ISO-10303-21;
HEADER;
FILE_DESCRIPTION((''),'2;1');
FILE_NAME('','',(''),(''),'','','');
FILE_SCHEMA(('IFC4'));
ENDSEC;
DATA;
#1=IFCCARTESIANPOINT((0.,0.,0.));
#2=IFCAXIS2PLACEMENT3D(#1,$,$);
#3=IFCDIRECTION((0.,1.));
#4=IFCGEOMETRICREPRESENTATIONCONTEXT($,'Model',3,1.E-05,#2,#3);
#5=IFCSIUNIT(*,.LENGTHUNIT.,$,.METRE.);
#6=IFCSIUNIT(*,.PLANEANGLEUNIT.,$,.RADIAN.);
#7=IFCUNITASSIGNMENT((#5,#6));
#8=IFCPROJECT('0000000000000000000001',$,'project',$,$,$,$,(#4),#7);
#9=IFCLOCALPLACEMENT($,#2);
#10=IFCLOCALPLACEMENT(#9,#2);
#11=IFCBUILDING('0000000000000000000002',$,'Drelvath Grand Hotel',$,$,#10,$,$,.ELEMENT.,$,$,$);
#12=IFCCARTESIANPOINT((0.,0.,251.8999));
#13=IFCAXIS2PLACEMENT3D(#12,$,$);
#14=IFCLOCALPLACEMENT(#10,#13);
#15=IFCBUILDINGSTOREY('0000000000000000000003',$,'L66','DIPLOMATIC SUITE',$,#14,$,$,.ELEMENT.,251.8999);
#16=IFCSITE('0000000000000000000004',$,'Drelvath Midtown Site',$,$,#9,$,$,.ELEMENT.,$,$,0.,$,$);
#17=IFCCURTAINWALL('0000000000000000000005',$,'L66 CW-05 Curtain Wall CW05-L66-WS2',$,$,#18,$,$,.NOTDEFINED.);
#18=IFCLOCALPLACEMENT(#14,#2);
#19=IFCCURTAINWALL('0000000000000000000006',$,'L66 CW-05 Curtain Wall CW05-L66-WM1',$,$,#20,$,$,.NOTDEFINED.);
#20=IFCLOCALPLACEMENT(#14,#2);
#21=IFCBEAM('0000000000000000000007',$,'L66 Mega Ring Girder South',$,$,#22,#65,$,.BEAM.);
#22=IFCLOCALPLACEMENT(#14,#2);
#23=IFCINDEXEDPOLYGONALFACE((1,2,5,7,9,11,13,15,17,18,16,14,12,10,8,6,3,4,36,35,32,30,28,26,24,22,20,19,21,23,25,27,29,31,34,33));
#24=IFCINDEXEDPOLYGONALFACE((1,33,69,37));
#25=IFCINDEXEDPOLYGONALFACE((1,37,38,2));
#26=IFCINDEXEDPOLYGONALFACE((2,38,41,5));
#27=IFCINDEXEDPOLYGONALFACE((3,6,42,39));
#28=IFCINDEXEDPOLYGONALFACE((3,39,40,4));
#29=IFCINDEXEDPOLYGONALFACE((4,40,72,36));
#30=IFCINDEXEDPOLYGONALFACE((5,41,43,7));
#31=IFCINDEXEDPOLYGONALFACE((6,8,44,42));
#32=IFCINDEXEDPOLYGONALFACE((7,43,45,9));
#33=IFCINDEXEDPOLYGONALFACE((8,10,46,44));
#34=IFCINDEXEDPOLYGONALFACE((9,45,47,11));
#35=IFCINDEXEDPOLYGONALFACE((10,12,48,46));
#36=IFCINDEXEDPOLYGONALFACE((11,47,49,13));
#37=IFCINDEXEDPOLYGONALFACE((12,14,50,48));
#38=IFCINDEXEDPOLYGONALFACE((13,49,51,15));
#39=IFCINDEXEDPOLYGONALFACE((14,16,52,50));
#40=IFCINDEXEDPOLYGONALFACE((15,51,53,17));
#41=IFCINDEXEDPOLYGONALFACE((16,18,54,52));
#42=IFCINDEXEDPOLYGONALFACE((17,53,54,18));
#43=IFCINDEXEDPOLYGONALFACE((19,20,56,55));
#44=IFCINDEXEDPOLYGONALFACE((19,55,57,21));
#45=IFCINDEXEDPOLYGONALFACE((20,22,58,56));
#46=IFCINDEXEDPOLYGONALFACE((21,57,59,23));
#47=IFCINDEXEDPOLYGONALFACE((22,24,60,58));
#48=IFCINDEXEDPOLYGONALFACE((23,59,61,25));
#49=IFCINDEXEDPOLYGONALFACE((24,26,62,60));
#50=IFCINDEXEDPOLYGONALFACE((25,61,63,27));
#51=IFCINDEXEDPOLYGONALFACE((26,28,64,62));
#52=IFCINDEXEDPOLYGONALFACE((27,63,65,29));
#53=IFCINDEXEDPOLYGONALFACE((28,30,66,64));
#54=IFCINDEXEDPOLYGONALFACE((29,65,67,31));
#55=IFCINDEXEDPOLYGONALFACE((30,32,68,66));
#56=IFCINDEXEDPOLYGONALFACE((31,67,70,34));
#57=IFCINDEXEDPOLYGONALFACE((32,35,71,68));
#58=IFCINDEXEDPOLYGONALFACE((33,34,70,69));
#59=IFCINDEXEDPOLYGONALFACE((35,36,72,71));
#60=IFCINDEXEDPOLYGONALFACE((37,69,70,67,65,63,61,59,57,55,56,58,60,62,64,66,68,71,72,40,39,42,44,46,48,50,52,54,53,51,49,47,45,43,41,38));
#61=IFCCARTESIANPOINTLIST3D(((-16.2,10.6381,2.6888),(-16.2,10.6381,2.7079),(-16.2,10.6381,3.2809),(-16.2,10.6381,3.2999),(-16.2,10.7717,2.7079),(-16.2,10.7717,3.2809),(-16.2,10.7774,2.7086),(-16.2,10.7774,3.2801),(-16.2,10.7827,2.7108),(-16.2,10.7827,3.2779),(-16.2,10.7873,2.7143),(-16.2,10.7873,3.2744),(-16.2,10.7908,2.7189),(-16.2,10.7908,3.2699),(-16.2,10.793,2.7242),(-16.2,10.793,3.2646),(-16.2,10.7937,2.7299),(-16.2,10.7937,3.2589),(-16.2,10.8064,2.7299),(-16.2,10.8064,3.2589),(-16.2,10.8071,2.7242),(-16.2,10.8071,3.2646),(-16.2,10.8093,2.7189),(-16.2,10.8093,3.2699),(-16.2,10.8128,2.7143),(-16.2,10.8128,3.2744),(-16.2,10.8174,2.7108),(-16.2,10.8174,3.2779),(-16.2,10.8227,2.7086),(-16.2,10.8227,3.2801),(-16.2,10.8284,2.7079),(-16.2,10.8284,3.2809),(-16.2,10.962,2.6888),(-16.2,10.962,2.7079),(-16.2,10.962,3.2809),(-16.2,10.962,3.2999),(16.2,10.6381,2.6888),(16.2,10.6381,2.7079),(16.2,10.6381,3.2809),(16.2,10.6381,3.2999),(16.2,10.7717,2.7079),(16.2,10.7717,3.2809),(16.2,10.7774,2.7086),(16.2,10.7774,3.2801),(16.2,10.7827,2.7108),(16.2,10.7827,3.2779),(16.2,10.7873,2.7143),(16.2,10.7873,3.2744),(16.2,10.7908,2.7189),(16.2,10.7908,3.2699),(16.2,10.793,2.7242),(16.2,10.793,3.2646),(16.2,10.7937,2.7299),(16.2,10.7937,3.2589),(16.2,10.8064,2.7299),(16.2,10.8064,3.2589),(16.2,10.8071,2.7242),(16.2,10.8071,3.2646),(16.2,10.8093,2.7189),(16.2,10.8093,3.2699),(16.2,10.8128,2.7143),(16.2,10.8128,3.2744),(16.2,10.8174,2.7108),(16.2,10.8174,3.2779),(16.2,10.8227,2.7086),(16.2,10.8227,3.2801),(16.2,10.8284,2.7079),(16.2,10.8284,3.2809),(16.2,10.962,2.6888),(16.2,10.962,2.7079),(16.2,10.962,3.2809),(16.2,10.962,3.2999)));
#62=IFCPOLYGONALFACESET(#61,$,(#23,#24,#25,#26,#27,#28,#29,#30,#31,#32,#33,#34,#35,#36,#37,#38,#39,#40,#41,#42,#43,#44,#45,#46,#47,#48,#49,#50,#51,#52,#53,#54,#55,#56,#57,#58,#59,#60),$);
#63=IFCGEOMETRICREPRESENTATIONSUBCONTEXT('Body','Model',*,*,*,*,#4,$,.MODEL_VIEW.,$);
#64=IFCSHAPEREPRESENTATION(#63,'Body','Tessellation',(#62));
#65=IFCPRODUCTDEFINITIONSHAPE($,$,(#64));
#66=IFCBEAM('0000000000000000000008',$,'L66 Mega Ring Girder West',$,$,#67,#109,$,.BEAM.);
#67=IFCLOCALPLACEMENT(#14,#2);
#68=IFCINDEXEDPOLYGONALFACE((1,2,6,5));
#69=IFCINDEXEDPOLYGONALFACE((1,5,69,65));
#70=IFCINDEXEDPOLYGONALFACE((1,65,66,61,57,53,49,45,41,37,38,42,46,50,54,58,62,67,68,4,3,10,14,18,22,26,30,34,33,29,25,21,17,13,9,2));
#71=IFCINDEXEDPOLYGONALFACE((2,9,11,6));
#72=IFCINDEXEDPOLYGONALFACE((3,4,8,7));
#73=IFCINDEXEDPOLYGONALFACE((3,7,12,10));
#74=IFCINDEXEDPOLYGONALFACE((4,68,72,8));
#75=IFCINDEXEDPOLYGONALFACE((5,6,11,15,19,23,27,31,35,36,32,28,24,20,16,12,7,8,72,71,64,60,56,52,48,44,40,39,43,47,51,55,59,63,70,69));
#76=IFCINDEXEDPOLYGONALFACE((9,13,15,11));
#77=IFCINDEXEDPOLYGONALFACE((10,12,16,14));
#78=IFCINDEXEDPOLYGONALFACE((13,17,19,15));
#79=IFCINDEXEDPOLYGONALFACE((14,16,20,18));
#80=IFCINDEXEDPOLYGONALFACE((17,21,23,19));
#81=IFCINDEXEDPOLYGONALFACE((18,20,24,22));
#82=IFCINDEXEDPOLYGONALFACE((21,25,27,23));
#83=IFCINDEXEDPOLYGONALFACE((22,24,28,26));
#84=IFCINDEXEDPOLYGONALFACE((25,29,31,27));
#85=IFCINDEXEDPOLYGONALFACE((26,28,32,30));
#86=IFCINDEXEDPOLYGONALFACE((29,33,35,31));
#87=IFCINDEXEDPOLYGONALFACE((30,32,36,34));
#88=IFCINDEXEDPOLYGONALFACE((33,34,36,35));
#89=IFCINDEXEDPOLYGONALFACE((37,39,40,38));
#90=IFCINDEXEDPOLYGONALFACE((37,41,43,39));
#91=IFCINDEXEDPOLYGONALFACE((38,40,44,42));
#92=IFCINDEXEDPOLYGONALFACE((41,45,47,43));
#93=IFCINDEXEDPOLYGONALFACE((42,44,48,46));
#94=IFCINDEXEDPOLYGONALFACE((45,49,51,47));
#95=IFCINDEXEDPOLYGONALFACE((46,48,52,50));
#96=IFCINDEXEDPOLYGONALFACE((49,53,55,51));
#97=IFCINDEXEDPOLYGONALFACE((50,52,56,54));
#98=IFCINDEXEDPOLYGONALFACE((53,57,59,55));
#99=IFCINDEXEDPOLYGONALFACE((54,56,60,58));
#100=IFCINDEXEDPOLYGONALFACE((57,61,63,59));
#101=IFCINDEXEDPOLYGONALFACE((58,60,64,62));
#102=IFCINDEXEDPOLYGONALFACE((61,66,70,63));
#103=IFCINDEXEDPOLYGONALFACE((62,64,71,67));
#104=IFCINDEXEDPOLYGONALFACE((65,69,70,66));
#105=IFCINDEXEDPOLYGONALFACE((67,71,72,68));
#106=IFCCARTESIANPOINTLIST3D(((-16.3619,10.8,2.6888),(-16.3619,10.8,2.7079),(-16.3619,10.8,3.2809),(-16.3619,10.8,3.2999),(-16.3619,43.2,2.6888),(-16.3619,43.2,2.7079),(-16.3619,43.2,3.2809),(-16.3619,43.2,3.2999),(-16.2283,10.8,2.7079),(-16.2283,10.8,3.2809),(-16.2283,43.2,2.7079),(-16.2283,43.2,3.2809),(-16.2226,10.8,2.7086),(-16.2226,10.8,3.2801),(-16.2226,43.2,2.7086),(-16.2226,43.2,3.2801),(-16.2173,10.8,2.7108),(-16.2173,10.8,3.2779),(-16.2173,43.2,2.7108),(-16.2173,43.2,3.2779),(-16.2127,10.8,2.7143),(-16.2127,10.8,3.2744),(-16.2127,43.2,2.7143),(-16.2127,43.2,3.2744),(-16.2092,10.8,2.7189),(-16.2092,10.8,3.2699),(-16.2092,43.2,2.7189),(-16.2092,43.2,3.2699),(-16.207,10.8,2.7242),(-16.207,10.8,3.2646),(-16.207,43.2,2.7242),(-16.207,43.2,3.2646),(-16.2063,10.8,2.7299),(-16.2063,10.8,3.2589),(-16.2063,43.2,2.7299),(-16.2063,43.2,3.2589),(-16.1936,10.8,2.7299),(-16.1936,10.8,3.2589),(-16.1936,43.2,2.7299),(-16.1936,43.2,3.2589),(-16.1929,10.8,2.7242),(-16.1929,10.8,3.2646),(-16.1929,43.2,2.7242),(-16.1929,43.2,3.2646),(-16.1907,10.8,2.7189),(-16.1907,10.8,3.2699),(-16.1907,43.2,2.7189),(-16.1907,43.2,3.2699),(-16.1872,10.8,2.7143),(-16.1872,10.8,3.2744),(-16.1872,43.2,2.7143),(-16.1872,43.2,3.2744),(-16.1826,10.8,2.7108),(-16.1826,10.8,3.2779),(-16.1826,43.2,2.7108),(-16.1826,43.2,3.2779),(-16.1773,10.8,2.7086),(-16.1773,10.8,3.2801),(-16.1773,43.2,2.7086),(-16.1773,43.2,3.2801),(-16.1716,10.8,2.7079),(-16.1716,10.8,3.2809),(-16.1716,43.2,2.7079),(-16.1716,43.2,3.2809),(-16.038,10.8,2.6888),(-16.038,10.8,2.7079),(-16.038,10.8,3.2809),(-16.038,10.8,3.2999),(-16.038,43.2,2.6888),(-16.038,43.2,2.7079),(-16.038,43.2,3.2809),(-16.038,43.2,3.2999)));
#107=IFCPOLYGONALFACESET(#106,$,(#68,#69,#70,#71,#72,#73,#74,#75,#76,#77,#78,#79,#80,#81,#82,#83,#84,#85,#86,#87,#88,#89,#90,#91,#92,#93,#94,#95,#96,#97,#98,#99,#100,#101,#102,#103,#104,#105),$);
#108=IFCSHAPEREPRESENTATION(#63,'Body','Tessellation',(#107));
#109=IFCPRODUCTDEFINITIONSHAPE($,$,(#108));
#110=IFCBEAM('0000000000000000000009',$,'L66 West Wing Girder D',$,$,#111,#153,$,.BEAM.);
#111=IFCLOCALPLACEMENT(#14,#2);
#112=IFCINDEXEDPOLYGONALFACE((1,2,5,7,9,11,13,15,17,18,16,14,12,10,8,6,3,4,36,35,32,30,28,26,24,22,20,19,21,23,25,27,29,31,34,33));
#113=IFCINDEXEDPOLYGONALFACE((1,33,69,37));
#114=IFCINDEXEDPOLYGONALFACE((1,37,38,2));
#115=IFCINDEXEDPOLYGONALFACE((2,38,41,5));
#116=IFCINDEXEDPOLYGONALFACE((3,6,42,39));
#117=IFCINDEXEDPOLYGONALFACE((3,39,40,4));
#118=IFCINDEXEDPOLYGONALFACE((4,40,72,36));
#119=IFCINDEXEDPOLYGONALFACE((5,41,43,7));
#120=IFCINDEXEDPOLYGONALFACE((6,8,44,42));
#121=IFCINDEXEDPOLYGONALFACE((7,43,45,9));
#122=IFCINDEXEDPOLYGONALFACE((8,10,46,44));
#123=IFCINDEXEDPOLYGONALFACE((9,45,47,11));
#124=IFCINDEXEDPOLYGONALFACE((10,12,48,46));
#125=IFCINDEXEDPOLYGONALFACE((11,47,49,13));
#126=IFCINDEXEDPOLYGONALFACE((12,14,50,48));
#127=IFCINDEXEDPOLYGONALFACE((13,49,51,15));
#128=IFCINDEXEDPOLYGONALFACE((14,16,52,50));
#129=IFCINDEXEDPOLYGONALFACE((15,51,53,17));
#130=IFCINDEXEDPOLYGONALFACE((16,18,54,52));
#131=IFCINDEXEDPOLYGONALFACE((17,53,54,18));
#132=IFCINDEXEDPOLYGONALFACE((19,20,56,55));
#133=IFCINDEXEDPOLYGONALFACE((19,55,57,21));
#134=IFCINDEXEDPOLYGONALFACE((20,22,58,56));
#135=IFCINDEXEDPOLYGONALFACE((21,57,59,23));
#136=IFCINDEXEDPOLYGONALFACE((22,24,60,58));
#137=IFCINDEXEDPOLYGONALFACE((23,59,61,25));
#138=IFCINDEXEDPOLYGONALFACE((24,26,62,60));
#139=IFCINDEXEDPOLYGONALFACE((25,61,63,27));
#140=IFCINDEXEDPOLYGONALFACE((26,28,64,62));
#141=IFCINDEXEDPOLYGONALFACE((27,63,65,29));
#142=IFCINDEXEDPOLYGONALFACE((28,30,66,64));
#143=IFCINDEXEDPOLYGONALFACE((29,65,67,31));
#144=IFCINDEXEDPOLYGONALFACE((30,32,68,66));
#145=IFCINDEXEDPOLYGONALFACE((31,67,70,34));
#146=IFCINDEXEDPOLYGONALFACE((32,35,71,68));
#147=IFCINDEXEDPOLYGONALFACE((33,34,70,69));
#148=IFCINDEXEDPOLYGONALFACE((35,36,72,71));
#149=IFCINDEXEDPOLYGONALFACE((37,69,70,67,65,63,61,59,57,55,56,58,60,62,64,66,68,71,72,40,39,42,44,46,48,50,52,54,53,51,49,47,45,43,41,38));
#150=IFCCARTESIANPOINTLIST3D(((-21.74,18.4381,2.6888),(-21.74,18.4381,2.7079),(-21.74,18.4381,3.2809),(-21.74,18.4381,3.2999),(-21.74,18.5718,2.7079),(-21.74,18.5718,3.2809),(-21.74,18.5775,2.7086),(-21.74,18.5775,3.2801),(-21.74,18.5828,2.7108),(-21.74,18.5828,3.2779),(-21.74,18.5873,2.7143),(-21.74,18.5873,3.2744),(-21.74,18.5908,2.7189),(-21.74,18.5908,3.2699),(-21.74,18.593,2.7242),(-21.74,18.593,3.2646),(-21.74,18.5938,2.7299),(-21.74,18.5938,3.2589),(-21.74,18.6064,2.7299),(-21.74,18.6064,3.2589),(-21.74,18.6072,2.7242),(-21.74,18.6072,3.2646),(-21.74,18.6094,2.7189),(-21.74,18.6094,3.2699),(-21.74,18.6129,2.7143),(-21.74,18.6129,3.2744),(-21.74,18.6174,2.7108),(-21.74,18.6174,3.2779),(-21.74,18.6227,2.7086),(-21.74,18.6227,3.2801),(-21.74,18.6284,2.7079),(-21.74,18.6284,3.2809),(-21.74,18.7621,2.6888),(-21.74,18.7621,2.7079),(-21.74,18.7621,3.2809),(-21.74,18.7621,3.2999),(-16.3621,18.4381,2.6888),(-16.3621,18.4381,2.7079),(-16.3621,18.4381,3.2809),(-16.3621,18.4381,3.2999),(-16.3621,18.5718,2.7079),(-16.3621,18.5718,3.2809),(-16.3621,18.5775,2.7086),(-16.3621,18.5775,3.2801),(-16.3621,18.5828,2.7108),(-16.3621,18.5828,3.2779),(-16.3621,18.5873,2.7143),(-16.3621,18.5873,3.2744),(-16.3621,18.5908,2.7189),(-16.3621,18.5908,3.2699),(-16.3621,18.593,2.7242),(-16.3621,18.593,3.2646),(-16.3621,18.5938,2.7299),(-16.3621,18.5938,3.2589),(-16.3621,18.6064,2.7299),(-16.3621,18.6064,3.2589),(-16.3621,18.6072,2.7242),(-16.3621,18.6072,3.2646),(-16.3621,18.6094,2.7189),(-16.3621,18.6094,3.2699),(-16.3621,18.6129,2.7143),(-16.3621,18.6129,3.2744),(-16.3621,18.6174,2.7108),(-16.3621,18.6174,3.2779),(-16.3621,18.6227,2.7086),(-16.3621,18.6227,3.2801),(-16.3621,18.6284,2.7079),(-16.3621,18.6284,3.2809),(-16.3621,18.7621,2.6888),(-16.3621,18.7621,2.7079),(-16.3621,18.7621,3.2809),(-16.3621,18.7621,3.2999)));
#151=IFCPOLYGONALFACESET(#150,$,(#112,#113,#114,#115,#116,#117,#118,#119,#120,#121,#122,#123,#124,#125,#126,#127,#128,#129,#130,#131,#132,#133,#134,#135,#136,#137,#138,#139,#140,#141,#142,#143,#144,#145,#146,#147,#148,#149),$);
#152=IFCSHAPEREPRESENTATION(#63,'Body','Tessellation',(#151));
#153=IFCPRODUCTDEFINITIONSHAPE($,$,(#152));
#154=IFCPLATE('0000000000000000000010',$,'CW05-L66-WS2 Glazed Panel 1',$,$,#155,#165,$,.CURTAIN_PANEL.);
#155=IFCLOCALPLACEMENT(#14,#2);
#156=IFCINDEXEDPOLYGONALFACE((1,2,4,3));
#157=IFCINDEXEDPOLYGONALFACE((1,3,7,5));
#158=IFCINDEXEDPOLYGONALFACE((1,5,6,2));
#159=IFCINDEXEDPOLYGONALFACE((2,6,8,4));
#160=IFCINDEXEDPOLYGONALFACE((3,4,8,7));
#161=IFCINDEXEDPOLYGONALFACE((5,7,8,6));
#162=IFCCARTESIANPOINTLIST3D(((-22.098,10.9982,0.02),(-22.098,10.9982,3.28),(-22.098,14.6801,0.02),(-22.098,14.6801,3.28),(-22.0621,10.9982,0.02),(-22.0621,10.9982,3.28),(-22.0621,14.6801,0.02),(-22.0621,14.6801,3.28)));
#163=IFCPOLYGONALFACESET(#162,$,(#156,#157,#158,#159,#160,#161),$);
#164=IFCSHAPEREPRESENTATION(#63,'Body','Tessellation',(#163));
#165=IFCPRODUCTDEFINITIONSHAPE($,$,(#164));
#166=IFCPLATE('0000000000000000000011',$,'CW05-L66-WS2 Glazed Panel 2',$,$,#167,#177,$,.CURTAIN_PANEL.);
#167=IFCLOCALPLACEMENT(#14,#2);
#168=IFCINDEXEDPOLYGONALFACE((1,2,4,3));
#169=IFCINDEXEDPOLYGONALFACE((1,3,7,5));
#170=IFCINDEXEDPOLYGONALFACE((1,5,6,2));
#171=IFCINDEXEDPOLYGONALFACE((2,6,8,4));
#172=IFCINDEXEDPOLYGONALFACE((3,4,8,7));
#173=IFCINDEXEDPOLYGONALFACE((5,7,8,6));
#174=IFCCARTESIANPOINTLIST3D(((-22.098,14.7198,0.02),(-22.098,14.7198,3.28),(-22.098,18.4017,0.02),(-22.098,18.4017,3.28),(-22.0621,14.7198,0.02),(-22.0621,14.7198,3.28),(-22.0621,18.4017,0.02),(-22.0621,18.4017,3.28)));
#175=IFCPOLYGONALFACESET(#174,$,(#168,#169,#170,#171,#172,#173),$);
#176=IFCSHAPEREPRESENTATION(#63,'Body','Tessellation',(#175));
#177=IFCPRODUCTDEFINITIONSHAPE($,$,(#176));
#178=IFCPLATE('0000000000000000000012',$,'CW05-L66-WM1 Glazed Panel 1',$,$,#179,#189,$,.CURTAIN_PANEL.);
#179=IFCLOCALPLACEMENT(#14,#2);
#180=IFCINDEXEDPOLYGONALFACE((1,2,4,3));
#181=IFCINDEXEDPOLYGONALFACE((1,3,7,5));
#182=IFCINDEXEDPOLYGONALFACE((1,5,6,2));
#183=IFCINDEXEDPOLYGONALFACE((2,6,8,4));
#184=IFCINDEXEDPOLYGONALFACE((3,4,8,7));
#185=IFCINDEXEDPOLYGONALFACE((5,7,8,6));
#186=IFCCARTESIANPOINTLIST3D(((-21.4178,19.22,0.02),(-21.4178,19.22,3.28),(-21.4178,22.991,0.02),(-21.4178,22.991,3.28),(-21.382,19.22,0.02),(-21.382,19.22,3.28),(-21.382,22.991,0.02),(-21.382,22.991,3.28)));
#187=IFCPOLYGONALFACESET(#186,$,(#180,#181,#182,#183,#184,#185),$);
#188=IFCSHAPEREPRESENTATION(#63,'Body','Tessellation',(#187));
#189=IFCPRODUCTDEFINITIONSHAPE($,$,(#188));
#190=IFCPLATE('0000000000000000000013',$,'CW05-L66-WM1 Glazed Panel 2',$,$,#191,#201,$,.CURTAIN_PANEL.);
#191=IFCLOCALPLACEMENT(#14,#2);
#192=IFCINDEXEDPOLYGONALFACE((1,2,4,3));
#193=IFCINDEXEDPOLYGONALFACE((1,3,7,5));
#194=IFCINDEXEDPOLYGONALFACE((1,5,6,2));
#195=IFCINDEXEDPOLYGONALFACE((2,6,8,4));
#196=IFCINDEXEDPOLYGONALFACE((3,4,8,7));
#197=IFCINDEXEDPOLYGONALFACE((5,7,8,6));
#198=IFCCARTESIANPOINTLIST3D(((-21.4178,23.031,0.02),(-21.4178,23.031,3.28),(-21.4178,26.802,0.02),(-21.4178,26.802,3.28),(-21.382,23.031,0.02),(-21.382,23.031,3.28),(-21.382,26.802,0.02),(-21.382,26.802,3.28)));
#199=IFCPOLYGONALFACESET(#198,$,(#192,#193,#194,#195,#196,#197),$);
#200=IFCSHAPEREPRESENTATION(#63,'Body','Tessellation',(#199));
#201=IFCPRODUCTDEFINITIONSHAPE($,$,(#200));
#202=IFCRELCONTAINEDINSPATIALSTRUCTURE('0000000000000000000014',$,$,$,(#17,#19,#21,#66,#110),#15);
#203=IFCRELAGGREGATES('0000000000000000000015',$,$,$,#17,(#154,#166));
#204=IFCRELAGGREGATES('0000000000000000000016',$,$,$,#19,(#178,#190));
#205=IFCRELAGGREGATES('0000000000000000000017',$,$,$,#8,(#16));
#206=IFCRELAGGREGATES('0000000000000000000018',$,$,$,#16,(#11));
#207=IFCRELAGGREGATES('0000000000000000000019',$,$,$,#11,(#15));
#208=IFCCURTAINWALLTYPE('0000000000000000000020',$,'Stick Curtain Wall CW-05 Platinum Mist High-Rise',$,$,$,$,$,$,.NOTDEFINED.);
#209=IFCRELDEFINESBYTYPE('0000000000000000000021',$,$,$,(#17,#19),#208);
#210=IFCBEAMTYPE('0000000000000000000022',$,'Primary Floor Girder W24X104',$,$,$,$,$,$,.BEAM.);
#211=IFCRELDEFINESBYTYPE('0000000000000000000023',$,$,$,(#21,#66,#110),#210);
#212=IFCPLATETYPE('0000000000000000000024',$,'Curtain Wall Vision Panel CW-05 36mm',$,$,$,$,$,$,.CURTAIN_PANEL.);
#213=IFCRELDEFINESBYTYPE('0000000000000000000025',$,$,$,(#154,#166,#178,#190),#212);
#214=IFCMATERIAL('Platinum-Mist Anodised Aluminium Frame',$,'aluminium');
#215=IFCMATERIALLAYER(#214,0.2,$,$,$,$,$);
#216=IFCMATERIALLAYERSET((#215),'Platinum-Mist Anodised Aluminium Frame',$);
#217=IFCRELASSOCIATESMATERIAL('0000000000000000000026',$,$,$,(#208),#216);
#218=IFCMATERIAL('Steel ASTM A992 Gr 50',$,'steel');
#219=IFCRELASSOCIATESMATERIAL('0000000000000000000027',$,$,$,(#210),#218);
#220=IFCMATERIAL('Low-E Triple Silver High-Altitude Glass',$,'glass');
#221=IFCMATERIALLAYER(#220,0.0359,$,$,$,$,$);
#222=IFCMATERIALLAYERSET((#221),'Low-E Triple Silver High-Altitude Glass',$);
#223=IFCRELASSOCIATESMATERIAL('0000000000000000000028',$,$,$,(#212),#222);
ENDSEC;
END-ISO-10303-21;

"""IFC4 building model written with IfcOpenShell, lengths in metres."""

from ifc_helpers import new_model, si_unit, direction, frame, origin, origin_2d, place, context, subcontext, project, spatial, rectangle, i_section, extrude, material, layer, layer_set, material_profile, profile_set, type_object, element, aggregate, save


model = new_model("IFC4")

# Units and contexts
model_context = context("Model", 3, precision=1e-05, world=origin(), true_north=direction((0.0, 1.0)))
body_context = subcontext(model_context, "Body", "Model", "MODEL_VIEW")
ifc_project = project(units=[si_unit("LENGTHUNIT", "METRE"), si_unit("PLANEANGLEUNIT", "RADIAN")], contexts=[model_context])

# Site, building, storey
site_placement = place(None, origin())
site = spatial("IfcSite", under=ifc_project, at=site_placement, Name="Drelvath Midtown Site", CompositionType="ELEMENT", RefElevation=0.0)
building_placement = place(site_placement, origin())
building = spatial("IfcBuilding", under=site, at=building_placement, Name="Drelvath Grand Hotel", CompositionType="ELEMENT")
storey_placement = place(building_placement, frame((0.0, 0.0, 251.8999)))
storey = spatial("IfcBuildingStorey", under=building, at=storey_placement, Name="L66", Description="DIPLOMATIC SUITE", CompositionType="ELEMENT", Elevation=251.8999)

# Shared definitions
ifc_material_1 = material(Name="Steel ASTM A992 Gr 50", Category="steel")

# Curtain walls
ifc_material_2 = material(Name="Platinum-Mist Anodised Aluminium Frame", Category="aluminium")
ifc_layer_1 = layer(ifc_material_2, 0.2)
ifc_layer_set_1 = layer_set([ifc_layer_1], Name="Platinum-Mist Anodised Aluminium Frame")
curtain_wall_type = type_object("IfcCurtainWallType", Name="Stick Curtain Wall CW-05 Platinum Mist High-Rise", PredefinedType="NOTDEFINED", material=ifc_layer_set_1)
curtain_wall_1_placement = place(storey_placement, origin())
curtain_wall_1 = element("IfcCurtainWall", 1, at=curtain_wall_1_placement, inside=storey, type_object=curtain_wall_type, Name="L66 CW-05 Curtain Wall CW05-L66-WS2", PredefinedType="NOTDEFINED")
curtain_wall_2_placement = place(storey_placement, origin())
curtain_wall_2 = element("IfcCurtainWall", 2, at=curtain_wall_2_placement, inside=storey, type_object=curtain_wall_type, Name="L66 CW-05 Curtain Wall CW05-L66-WM1", PredefinedType="NOTDEFINED")

# Beams
ifc_material_profile_1 = material_profile(ifc_material_1, i_section(OverallWidth=0.324, OverallDepth=0.6111, WebThickness=0.0127, FlangeThickness=0.019, FilletRadius=0.022, at=origin_2d()), Name="W24X104")
ifc_profile_set_1 = profile_set([ifc_material_profile_1], Name="Steel ASTM A992 Gr 50")
beam_type_1 = type_object("IfcBeamType", Name="Primary Floor Girder W24X104", PredefinedType="BEAM", material=ifc_profile_set_1)
for number, where, z_axis, x_axis, name in (
    (3, (-16.2, 10.8, 2.9944), (1.0, 0.0, 0.0), (0.0, 1.0, 0.0), "L66 Mega Ring Girder South"),
    (4, (-16.2, 10.8, 2.9944), (0.0, 1.0, 0.0), (-1.0, 0.0, 0.0), "L66 Mega Ring Girder West"),
):
    element("IfcBeam", number, at=place(storey_placement, frame(where, z_axis=z_axis, x_axis=x_axis)), inside=storey, type_object=beam_type_1, Name=name, PredefinedType="BEAM", context=body_context, shape_type="SweptSolid", body=[
        extrude(i_section(OverallWidth=0.324, OverallDepth=0.6111, WebThickness=0.0127, FlangeThickness=0.019, FilletRadius=0.022, at=origin_2d()), origin(), (0.0, 0.0, 1.0), 32.3999),
    ])
beam_1_placement = place(storey_placement, frame((-21.74, 18.6001, 2.9944), z_axis=(1.0, 0.0, 0.0), x_axis=(0.0, 1.0, 0.0)))
element("IfcBeam", 5, at=beam_1_placement, inside=storey, type_object=beam_type_1, Name="L66 West Wing Girder D", PredefinedType="BEAM", context=body_context, shape_type="SweptSolid", body=[
    extrude(i_section(OverallWidth=0.324, OverallDepth=0.6111, WebThickness=0.0127, FlangeThickness=0.019, FilletRadius=0.022, at=origin_2d()), origin(), (0.0, 0.0, 1.0), 5.3779),
])

# Plates
ifc_material_3 = material(Name="Low-E Triple Silver High-Altitude Glass", Category="glass")
ifc_layer_2 = layer(ifc_material_3, 0.0359)
ifc_layer_set_2 = layer_set([ifc_layer_2], Name="Low-E Triple Silver High-Altitude Glass")
plate_type = type_object("IfcPlateType", Name="Curtain Wall Vision Panel CW-05 36mm", PredefinedType="CURTAIN_PANEL", material=ifc_layer_set_2)
plate_1_placement = place(storey_placement, frame((-22.0801, 12.8391, 0.02), z_axis=(0.0, 0.0, 1.0), x_axis=(0.0, 1.0, 0.0)))
plate_1 = element("IfcPlate", 6, at=plate_1_placement, type_object=plate_type, Name="CW05-L66-WS2 Glazed Panel 1", PredefinedType="CURTAIN_PANEL", context=body_context, shape_type="SweptSolid", body=[
    extrude(rectangle(XDim=3.6819, YDim=0.0359, at=origin_2d()), origin(), (0.0, 0.0, 1.0), 3.26),
])
plate_2_placement = place(storey_placement, frame((-22.0801, 16.5608, 0.02), z_axis=(0.0, 0.0, 1.0), x_axis=(0.0, 1.0, 0.0)))
plate_2 = element("IfcPlate", 7, at=plate_2_placement, type_object=plate_type, Name="CW05-L66-WS2 Glazed Panel 2", PredefinedType="CURTAIN_PANEL", context=body_context, shape_type="SweptSolid", body=[
    extrude(rectangle(XDim=3.6819, YDim=0.0359, at=origin_2d()), origin(), (0.0, 0.0, 1.0), 3.26),
])
aggregate(curtain_wall_1, [plate_1, plate_2])
plate_3_placement = place(storey_placement, frame((-21.3999, 21.1055, 0.02), z_axis=(0.0, 0.0, 1.0), x_axis=(0.0, 1.0, 0.0)))
plate_3 = element("IfcPlate", 8, at=plate_3_placement, type_object=plate_type, Name="CW05-L66-WM1 Glazed Panel 1", PredefinedType="CURTAIN_PANEL", context=body_context, shape_type="SweptSolid", body=[
    extrude(rectangle(XDim=3.771, YDim=0.0359, at=origin_2d()), origin(), (0.0, 0.0, 1.0), 3.26),
])
plate_4_placement = place(storey_placement, frame((-21.3999, 24.9165, 0.02), z_axis=(0.0, 0.0, 1.0), x_axis=(0.0, 1.0, 0.0)))
plate_4 = element("IfcPlate", 9, at=plate_4_placement, type_object=plate_type, Name="CW05-L66-WM1 Glazed Panel 2", PredefinedType="CURTAIN_PANEL", context=body_context, shape_type="SweptSolid", body=[
    extrude(rectangle(XDim=3.771, YDim=0.0359, at=origin_2d()), origin(), (0.0, 0.0, 1.0), 3.26),
])
aggregate(curtain_wall_2, [plate_3, plate_4])

save(model, "model.ifc")
